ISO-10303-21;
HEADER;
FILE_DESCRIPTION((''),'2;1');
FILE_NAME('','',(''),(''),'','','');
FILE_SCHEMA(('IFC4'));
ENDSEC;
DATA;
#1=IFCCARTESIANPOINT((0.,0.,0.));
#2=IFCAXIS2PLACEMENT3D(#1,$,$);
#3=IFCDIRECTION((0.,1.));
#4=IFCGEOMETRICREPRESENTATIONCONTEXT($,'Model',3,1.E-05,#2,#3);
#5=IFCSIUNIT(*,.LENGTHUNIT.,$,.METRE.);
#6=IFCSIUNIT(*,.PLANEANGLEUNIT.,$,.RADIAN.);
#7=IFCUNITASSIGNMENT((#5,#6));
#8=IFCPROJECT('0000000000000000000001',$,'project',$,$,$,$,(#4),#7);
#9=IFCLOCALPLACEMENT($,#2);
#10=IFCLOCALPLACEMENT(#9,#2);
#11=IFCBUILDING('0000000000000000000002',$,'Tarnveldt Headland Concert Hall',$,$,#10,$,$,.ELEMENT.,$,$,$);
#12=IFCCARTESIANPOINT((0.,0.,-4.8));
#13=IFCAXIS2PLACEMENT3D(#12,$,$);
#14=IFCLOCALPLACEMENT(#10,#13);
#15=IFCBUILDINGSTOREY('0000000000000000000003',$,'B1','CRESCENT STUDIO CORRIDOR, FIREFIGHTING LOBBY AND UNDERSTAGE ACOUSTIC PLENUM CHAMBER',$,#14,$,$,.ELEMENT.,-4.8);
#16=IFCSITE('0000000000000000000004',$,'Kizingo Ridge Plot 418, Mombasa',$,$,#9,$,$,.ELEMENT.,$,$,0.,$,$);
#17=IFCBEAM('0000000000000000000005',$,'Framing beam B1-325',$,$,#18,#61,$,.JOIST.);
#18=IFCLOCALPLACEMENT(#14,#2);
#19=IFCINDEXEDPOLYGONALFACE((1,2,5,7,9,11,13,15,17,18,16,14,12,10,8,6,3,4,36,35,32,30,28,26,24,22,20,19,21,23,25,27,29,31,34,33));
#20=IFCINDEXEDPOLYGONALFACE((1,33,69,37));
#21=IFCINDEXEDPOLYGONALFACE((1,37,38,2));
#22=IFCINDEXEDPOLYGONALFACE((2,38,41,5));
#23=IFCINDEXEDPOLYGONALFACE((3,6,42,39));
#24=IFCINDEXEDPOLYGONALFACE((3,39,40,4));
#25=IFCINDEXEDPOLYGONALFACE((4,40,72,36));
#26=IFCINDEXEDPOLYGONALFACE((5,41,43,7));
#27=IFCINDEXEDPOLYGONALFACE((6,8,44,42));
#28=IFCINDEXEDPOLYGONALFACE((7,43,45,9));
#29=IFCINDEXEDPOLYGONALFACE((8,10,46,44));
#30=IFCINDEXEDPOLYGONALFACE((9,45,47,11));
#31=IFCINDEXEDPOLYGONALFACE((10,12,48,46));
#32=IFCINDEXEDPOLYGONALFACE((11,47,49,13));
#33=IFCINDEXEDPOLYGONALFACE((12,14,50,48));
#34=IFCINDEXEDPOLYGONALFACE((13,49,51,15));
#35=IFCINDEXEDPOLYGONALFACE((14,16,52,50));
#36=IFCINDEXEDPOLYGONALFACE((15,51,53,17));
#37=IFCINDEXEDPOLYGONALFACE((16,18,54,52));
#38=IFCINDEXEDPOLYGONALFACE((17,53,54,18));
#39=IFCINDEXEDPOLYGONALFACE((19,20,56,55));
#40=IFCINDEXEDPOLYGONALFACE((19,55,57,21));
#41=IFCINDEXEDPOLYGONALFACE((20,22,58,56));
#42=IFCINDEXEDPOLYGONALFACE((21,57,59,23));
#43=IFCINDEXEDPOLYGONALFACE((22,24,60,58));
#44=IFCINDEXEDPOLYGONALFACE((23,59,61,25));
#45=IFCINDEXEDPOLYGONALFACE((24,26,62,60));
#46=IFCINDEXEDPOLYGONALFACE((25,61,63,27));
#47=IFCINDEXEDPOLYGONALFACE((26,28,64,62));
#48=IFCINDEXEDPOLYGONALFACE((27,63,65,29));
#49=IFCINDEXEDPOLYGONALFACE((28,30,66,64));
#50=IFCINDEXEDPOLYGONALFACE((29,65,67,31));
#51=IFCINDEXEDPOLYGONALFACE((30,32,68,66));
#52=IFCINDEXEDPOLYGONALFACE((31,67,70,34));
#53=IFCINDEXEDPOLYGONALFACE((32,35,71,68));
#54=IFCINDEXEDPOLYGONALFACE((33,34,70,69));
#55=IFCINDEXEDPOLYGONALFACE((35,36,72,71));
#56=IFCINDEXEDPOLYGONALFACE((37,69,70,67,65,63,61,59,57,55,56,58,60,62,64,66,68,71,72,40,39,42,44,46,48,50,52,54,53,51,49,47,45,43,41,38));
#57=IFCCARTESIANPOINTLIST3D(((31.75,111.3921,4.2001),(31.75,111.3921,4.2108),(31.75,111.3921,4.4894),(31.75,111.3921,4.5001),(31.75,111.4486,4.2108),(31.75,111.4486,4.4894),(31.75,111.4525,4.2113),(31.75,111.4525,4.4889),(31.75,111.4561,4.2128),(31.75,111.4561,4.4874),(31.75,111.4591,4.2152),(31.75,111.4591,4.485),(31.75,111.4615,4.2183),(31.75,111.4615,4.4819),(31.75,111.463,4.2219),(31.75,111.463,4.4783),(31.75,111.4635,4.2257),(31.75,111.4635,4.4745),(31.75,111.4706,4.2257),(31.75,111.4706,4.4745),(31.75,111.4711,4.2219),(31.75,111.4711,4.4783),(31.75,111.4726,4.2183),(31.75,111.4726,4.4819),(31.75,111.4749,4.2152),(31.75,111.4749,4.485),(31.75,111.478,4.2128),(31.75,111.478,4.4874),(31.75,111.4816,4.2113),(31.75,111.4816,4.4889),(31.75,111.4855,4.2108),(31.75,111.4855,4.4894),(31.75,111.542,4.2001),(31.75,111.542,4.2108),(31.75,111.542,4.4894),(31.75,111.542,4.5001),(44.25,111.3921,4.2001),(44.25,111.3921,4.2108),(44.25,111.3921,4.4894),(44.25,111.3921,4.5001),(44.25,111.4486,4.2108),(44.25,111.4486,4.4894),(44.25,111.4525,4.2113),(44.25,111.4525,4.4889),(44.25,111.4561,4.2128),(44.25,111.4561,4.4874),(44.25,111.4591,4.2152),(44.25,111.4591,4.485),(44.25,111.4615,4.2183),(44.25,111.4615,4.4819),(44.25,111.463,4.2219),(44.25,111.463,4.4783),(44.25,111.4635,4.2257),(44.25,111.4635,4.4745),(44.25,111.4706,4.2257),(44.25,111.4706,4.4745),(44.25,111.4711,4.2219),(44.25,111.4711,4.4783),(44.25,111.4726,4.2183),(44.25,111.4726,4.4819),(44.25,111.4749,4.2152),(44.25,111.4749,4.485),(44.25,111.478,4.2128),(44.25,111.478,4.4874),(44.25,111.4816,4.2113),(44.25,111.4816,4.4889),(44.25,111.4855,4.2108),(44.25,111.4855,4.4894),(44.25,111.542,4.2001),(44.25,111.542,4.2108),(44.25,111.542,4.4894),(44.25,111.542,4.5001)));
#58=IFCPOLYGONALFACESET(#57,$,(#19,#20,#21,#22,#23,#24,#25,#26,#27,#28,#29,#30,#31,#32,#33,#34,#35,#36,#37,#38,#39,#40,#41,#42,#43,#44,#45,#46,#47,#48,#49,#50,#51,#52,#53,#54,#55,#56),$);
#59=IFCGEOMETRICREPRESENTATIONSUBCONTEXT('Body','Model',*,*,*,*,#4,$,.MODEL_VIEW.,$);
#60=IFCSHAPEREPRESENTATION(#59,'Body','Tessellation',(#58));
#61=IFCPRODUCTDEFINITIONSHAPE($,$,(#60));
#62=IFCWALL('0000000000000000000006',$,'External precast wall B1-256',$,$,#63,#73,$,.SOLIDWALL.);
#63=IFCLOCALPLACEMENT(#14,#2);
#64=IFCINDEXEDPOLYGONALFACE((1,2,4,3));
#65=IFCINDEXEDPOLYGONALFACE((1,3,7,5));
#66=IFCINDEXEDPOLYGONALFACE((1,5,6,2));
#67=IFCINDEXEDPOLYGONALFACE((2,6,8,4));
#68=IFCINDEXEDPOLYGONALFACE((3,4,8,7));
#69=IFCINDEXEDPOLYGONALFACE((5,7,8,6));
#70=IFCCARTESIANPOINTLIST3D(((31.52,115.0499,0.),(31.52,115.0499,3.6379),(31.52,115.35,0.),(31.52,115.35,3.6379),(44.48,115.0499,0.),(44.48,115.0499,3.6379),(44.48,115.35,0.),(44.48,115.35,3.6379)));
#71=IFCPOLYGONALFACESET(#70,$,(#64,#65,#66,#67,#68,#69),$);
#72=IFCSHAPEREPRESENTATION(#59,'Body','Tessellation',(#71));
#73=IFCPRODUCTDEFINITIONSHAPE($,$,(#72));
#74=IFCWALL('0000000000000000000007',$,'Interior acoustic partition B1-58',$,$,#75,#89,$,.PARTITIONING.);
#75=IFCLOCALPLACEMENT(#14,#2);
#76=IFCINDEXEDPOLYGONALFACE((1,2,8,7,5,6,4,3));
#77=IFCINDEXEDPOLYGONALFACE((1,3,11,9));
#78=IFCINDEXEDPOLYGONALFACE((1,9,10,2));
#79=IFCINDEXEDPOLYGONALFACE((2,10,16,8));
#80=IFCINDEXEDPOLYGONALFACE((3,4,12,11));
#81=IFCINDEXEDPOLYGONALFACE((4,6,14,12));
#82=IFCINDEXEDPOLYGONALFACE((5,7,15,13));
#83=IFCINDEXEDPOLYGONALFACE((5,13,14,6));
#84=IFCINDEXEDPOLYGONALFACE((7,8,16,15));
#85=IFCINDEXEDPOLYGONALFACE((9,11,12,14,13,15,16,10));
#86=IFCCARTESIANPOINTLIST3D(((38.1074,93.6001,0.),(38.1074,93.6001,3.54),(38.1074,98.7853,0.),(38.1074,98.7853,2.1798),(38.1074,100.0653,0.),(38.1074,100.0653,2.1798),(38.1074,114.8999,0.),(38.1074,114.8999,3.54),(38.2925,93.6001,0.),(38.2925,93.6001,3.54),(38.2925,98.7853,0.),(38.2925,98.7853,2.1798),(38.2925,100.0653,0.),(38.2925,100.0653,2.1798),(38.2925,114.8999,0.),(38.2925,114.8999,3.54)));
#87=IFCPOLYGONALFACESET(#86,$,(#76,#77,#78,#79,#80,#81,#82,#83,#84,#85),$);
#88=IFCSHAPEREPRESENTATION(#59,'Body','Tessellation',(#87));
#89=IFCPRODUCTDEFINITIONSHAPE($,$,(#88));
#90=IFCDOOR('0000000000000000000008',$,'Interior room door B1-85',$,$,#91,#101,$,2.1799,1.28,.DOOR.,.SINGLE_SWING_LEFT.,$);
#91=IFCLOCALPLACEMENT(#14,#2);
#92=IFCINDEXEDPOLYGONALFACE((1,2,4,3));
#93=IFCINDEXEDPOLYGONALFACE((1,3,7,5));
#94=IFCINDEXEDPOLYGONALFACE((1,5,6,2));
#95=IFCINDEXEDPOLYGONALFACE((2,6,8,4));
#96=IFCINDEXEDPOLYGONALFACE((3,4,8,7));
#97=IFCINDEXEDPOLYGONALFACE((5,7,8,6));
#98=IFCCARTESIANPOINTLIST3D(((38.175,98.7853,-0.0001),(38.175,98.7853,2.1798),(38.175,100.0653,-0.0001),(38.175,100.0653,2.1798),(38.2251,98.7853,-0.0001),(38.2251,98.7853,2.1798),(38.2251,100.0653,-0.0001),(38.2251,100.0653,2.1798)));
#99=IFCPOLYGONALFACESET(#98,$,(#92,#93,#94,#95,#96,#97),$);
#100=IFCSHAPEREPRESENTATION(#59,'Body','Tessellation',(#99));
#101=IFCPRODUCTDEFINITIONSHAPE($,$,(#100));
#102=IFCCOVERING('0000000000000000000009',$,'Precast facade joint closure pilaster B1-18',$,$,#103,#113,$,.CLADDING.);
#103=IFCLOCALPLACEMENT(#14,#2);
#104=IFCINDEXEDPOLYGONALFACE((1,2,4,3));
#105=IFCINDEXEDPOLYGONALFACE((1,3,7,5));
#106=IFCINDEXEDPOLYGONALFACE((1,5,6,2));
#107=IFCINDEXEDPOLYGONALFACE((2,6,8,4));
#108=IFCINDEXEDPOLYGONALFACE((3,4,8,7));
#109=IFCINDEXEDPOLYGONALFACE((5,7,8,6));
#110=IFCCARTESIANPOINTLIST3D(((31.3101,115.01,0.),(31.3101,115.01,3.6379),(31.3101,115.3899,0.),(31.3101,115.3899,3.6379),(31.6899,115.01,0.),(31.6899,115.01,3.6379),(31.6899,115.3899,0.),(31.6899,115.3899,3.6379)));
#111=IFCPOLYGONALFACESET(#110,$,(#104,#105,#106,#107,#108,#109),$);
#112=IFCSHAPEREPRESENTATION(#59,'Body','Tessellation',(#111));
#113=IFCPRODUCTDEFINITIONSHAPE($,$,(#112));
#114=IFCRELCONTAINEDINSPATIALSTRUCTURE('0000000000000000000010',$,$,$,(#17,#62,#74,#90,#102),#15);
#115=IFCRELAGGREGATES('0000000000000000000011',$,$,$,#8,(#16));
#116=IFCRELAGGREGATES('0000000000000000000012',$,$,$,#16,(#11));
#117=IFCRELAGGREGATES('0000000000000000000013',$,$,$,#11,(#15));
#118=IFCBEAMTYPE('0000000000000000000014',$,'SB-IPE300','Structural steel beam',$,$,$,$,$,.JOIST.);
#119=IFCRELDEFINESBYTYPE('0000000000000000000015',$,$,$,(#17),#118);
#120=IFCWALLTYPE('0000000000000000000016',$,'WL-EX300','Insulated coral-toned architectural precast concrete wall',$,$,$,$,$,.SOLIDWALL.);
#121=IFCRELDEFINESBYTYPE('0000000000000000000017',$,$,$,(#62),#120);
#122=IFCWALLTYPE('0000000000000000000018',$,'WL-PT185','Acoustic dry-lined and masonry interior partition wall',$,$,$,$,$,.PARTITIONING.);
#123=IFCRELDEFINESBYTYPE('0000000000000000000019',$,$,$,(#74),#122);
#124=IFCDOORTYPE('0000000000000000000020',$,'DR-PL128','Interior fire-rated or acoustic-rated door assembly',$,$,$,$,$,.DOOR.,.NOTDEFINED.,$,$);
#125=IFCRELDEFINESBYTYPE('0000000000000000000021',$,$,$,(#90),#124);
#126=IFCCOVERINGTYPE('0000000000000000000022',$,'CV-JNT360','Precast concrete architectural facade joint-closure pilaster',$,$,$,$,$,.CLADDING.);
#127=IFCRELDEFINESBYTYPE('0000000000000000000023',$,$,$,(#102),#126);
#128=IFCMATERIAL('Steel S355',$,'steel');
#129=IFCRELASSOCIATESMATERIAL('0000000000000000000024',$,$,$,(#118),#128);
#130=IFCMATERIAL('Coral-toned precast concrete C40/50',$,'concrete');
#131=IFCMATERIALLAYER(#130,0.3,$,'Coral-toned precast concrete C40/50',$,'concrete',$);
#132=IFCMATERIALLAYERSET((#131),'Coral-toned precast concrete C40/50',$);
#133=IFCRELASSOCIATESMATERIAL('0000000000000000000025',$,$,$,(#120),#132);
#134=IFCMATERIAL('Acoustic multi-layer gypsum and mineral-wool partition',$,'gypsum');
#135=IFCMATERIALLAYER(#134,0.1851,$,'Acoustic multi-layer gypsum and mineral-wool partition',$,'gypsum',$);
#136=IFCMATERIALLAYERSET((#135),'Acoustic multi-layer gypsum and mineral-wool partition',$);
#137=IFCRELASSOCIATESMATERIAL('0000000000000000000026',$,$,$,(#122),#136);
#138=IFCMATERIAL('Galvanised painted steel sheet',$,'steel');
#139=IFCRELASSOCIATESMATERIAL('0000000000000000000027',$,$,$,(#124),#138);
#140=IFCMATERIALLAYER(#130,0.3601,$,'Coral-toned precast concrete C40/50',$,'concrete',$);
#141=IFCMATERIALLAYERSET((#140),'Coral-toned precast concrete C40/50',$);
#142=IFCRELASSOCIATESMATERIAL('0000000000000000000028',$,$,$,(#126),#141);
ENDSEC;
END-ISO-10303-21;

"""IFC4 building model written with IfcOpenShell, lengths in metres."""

from ifc_helpers import new_model, si_unit, direction, frame, frame_2d, origin, origin_2d, place, context, subcontext, project, spatial, rectangle, i_section, extrude, material, layer, layer_set, material_profile, profile_set, type_object, element, fill, save


model = new_model("IFC4")

# Units and contexts
model_context = context("Model", 3, precision=1e-05, world=origin(), true_north=direction((0.0, 1.0)))
body_context = subcontext(model_context, "Body", "Model", "MODEL_VIEW")
ifc_project = project(units=[si_unit("LENGTHUNIT", "METRE"), si_unit("PLANEANGLEUNIT", "RADIAN")], contexts=[model_context])

# Site, building, storey
site_placement = place(None, origin())
site = spatial("IfcSite", under=ifc_project, at=site_placement, Name="Kizingo Ridge Plot 418, Mombasa", CompositionType="ELEMENT", RefElevation=0.0)
building_placement = place(site_placement, origin())
building = spatial("IfcBuilding", under=site, at=building_placement, Name="Tarnveldt Headland Concert Hall", CompositionType="ELEMENT")
storey_placement = place(building_placement, frame((0.0, 0.0, -4.8)))
storey = spatial("IfcBuildingStorey", under=building, at=storey_placement, Name="B1", Description="CRESCENT STUDIO CORRIDOR, FIREFIGHTING LOBBY AND UNDERSTAGE ACOUSTIC PLENUM CHAMBER", CompositionType="ELEMENT", Elevation=-4.8)

# Beam
ifc_material_1 = material(Name="Steel S355", Category="steel")
ifc_material_profile_1 = material_profile(ifc_material_1, i_section(OverallWidth=0.1499, OverallDepth=0.3, WebThickness=0.0071, FlangeThickness=0.0107, FilletRadius=0.0149, at=origin_2d()), Name="IPE300", Category="steel")
ifc_profile_set_1 = profile_set([ifc_material_profile_1], Name="Steel S355")
beam_type_1 = type_object("IfcBeamType", Name="SB-IPE300", Description="Structural steel beam", PredefinedType="JOIST", material=ifc_profile_set_1)
for number, where, z_axis, x_axis, name in (
    (1, (31.75, 111.467, 4.3501), (1.0, 0.0, 0.0), (0.0, 1.0, 0.0), "Framing beam B1-325"),
):
    element("IfcBeam", number, at=place(storey_placement, frame(where, z_axis=z_axis, x_axis=x_axis)), inside=storey, type_object=beam_type_1, Name=name, PredefinedType="JOIST", context=body_context, shape_type="SweptSolid", body=[
        extrude(i_section(OverallWidth=0.1499, OverallDepth=0.3, WebThickness=0.0071, FlangeThickness=0.0107, FilletRadius=0.0149, at=origin_2d()), origin(), (0.0, 0.0, 1.0), 12.5),
    ])

# Wall
ifc_material_2 = material(Name="Coral-toned precast concrete C40/50", Category="concrete")
ifc_layer_1 = layer(ifc_material_2, 0.3, Name="Coral-toned precast concrete C40/50", Category="concrete")
ifc_layer_set_1 = layer_set([ifc_layer_1], Name="Coral-toned precast concrete C40/50")
wall_type_1 = type_object("IfcWallType", Name="WL-EX300", Description="Insulated coral-toned architectural precast concrete wall", PredefinedType="SOLIDWALL", material=ifc_layer_set_1)
wall_1_placement = place(storey_placement, frame((31.52, 115.2, 0.0), z_axis=(0.0, 0.0, 1.0), x_axis=(1.0, 0.0, 0.0)))
element("IfcWall", 2, at=wall_1_placement, inside=storey, type_object=wall_type_1, Name="External precast wall B1-256", PredefinedType="SOLIDWALL", context=body_context, shape_type="SweptSolid", body=[
    extrude(rectangle(XDim=12.96, YDim=0.3, at=frame_2d((6.48, 0.0))), origin(), (0.0, 0.0, 1.0), 3.6379),
])

# Wall, opening, door
ifc_material_3 = material(Name="Acoustic multi-layer gypsum and mineral-wool partition", Category="gypsum")
ifc_layer_2 = layer(ifc_material_3, 0.1851, Name="Acoustic multi-layer gypsum and mineral-wool partition", Category="gypsum")
ifc_layer_set_2 = layer_set([ifc_layer_2], Name="Acoustic multi-layer gypsum and mineral-wool partition")
wall_type_2 = type_object("IfcWallType", Name="WL-PT185", Description="Acoustic dry-lined and masonry interior partition wall", PredefinedType="PARTITIONING", material=ifc_layer_set_2)
wall_2_placement = place(storey_placement, frame((38.2, 93.6001, 0.0), z_axis=(0.0, 0.0, 1.0), x_axis=(0.0, 1.0, 0.0)))
wall_2 = element("IfcWall", 3, at=wall_2_placement, inside=storey, type_object=wall_type_2, Name="Interior acoustic partition B1-58", PredefinedType="PARTITIONING", context=body_context, shape_type="SweptSolid", body=[
    extrude(rectangle(XDim=21.2998, YDim=0.1851, at=frame_2d((10.6499, 0.0))), origin(), (0.0, 0.0, 1.0), 3.54),
])
opening_placement = place(wall_2_placement, frame((5.1851, 0.0, 0.0)))
opening = element("IfcOpeningElement", 4, at=opening_placement, cuts=wall_2, PredefinedType="OPENING", context=body_context, shape_type="SweptSolid", body=[
    extrude(rectangle(XDim=1.28, YDim=2.1799, at=frame_2d((0.6401, 1.0898))), frame((0.0, 0.1025, 0.0), z_axis=(0.0, -1.0, 0.0), x_axis=(1.0, 0.0, 0.0)), (0.0, 0.0, 1.0), 0.2051),
])
ifc_material_4 = material(Name="Galvanised painted steel sheet", Category="steel")
door_type = type_object("IfcDoorType", Name="DR-PL128", Description="Interior fire-rated or acoustic-rated door assembly", OperationType="NOTDEFINED", PredefinedType="DOOR", material=ifc_material_4)
door_placement = place(opening_placement, origin())
door = element("IfcDoor", 5, at=door_placement, inside=storey, type_object=door_type, Name="Interior room door B1-85", OperationType="SINGLE_SWING_LEFT", OverallHeight=2.1799, OverallWidth=1.28, PredefinedType="DOOR", context=body_context, shape_type="SweptSolid", body=[
    extrude(rectangle(XDim=1.28, YDim=2.1799, at=frame_2d((0.6401, 1.0898))), frame((0.0, 0.0249, 0.0), z_axis=(0.0, -1.0, 0.0), x_axis=(1.0, 0.0, 0.0)), (0.0, 0.0, 1.0), 0.05),
])
fill(opening, door)

# Covering
ifc_layer_3 = layer(ifc_material_2, 0.3601, Name="Coral-toned precast concrete C40/50", Category="concrete")
ifc_layer_set_3 = layer_set([ifc_layer_3], Name="Coral-toned precast concrete C40/50")
covering_type = type_object("IfcCoveringType", Name="CV-JNT360", Description="Precast concrete architectural facade joint-closure pilaster", PredefinedType="CLADDING", material=ifc_layer_set_3)
covering_placement = place(storey_placement, frame((31.5, 115.2, 0.0), z_axis=(0.0, 0.0, 1.0), x_axis=(1.0, 0.0, 0.0)))
element("IfcCovering", 6, at=covering_placement, inside=storey, type_object=covering_type, Name="Precast facade joint closure pilaster B1-18", PredefinedType="CLADDING", context=body_context, shape_type="SweptSolid", body=[
    extrude(rectangle(XDim=0.3799, YDim=0.3799, at=origin_2d()), origin(), (0.0, 0.0, 1.0), 3.6379),
])

save(model, "model.ifc")
